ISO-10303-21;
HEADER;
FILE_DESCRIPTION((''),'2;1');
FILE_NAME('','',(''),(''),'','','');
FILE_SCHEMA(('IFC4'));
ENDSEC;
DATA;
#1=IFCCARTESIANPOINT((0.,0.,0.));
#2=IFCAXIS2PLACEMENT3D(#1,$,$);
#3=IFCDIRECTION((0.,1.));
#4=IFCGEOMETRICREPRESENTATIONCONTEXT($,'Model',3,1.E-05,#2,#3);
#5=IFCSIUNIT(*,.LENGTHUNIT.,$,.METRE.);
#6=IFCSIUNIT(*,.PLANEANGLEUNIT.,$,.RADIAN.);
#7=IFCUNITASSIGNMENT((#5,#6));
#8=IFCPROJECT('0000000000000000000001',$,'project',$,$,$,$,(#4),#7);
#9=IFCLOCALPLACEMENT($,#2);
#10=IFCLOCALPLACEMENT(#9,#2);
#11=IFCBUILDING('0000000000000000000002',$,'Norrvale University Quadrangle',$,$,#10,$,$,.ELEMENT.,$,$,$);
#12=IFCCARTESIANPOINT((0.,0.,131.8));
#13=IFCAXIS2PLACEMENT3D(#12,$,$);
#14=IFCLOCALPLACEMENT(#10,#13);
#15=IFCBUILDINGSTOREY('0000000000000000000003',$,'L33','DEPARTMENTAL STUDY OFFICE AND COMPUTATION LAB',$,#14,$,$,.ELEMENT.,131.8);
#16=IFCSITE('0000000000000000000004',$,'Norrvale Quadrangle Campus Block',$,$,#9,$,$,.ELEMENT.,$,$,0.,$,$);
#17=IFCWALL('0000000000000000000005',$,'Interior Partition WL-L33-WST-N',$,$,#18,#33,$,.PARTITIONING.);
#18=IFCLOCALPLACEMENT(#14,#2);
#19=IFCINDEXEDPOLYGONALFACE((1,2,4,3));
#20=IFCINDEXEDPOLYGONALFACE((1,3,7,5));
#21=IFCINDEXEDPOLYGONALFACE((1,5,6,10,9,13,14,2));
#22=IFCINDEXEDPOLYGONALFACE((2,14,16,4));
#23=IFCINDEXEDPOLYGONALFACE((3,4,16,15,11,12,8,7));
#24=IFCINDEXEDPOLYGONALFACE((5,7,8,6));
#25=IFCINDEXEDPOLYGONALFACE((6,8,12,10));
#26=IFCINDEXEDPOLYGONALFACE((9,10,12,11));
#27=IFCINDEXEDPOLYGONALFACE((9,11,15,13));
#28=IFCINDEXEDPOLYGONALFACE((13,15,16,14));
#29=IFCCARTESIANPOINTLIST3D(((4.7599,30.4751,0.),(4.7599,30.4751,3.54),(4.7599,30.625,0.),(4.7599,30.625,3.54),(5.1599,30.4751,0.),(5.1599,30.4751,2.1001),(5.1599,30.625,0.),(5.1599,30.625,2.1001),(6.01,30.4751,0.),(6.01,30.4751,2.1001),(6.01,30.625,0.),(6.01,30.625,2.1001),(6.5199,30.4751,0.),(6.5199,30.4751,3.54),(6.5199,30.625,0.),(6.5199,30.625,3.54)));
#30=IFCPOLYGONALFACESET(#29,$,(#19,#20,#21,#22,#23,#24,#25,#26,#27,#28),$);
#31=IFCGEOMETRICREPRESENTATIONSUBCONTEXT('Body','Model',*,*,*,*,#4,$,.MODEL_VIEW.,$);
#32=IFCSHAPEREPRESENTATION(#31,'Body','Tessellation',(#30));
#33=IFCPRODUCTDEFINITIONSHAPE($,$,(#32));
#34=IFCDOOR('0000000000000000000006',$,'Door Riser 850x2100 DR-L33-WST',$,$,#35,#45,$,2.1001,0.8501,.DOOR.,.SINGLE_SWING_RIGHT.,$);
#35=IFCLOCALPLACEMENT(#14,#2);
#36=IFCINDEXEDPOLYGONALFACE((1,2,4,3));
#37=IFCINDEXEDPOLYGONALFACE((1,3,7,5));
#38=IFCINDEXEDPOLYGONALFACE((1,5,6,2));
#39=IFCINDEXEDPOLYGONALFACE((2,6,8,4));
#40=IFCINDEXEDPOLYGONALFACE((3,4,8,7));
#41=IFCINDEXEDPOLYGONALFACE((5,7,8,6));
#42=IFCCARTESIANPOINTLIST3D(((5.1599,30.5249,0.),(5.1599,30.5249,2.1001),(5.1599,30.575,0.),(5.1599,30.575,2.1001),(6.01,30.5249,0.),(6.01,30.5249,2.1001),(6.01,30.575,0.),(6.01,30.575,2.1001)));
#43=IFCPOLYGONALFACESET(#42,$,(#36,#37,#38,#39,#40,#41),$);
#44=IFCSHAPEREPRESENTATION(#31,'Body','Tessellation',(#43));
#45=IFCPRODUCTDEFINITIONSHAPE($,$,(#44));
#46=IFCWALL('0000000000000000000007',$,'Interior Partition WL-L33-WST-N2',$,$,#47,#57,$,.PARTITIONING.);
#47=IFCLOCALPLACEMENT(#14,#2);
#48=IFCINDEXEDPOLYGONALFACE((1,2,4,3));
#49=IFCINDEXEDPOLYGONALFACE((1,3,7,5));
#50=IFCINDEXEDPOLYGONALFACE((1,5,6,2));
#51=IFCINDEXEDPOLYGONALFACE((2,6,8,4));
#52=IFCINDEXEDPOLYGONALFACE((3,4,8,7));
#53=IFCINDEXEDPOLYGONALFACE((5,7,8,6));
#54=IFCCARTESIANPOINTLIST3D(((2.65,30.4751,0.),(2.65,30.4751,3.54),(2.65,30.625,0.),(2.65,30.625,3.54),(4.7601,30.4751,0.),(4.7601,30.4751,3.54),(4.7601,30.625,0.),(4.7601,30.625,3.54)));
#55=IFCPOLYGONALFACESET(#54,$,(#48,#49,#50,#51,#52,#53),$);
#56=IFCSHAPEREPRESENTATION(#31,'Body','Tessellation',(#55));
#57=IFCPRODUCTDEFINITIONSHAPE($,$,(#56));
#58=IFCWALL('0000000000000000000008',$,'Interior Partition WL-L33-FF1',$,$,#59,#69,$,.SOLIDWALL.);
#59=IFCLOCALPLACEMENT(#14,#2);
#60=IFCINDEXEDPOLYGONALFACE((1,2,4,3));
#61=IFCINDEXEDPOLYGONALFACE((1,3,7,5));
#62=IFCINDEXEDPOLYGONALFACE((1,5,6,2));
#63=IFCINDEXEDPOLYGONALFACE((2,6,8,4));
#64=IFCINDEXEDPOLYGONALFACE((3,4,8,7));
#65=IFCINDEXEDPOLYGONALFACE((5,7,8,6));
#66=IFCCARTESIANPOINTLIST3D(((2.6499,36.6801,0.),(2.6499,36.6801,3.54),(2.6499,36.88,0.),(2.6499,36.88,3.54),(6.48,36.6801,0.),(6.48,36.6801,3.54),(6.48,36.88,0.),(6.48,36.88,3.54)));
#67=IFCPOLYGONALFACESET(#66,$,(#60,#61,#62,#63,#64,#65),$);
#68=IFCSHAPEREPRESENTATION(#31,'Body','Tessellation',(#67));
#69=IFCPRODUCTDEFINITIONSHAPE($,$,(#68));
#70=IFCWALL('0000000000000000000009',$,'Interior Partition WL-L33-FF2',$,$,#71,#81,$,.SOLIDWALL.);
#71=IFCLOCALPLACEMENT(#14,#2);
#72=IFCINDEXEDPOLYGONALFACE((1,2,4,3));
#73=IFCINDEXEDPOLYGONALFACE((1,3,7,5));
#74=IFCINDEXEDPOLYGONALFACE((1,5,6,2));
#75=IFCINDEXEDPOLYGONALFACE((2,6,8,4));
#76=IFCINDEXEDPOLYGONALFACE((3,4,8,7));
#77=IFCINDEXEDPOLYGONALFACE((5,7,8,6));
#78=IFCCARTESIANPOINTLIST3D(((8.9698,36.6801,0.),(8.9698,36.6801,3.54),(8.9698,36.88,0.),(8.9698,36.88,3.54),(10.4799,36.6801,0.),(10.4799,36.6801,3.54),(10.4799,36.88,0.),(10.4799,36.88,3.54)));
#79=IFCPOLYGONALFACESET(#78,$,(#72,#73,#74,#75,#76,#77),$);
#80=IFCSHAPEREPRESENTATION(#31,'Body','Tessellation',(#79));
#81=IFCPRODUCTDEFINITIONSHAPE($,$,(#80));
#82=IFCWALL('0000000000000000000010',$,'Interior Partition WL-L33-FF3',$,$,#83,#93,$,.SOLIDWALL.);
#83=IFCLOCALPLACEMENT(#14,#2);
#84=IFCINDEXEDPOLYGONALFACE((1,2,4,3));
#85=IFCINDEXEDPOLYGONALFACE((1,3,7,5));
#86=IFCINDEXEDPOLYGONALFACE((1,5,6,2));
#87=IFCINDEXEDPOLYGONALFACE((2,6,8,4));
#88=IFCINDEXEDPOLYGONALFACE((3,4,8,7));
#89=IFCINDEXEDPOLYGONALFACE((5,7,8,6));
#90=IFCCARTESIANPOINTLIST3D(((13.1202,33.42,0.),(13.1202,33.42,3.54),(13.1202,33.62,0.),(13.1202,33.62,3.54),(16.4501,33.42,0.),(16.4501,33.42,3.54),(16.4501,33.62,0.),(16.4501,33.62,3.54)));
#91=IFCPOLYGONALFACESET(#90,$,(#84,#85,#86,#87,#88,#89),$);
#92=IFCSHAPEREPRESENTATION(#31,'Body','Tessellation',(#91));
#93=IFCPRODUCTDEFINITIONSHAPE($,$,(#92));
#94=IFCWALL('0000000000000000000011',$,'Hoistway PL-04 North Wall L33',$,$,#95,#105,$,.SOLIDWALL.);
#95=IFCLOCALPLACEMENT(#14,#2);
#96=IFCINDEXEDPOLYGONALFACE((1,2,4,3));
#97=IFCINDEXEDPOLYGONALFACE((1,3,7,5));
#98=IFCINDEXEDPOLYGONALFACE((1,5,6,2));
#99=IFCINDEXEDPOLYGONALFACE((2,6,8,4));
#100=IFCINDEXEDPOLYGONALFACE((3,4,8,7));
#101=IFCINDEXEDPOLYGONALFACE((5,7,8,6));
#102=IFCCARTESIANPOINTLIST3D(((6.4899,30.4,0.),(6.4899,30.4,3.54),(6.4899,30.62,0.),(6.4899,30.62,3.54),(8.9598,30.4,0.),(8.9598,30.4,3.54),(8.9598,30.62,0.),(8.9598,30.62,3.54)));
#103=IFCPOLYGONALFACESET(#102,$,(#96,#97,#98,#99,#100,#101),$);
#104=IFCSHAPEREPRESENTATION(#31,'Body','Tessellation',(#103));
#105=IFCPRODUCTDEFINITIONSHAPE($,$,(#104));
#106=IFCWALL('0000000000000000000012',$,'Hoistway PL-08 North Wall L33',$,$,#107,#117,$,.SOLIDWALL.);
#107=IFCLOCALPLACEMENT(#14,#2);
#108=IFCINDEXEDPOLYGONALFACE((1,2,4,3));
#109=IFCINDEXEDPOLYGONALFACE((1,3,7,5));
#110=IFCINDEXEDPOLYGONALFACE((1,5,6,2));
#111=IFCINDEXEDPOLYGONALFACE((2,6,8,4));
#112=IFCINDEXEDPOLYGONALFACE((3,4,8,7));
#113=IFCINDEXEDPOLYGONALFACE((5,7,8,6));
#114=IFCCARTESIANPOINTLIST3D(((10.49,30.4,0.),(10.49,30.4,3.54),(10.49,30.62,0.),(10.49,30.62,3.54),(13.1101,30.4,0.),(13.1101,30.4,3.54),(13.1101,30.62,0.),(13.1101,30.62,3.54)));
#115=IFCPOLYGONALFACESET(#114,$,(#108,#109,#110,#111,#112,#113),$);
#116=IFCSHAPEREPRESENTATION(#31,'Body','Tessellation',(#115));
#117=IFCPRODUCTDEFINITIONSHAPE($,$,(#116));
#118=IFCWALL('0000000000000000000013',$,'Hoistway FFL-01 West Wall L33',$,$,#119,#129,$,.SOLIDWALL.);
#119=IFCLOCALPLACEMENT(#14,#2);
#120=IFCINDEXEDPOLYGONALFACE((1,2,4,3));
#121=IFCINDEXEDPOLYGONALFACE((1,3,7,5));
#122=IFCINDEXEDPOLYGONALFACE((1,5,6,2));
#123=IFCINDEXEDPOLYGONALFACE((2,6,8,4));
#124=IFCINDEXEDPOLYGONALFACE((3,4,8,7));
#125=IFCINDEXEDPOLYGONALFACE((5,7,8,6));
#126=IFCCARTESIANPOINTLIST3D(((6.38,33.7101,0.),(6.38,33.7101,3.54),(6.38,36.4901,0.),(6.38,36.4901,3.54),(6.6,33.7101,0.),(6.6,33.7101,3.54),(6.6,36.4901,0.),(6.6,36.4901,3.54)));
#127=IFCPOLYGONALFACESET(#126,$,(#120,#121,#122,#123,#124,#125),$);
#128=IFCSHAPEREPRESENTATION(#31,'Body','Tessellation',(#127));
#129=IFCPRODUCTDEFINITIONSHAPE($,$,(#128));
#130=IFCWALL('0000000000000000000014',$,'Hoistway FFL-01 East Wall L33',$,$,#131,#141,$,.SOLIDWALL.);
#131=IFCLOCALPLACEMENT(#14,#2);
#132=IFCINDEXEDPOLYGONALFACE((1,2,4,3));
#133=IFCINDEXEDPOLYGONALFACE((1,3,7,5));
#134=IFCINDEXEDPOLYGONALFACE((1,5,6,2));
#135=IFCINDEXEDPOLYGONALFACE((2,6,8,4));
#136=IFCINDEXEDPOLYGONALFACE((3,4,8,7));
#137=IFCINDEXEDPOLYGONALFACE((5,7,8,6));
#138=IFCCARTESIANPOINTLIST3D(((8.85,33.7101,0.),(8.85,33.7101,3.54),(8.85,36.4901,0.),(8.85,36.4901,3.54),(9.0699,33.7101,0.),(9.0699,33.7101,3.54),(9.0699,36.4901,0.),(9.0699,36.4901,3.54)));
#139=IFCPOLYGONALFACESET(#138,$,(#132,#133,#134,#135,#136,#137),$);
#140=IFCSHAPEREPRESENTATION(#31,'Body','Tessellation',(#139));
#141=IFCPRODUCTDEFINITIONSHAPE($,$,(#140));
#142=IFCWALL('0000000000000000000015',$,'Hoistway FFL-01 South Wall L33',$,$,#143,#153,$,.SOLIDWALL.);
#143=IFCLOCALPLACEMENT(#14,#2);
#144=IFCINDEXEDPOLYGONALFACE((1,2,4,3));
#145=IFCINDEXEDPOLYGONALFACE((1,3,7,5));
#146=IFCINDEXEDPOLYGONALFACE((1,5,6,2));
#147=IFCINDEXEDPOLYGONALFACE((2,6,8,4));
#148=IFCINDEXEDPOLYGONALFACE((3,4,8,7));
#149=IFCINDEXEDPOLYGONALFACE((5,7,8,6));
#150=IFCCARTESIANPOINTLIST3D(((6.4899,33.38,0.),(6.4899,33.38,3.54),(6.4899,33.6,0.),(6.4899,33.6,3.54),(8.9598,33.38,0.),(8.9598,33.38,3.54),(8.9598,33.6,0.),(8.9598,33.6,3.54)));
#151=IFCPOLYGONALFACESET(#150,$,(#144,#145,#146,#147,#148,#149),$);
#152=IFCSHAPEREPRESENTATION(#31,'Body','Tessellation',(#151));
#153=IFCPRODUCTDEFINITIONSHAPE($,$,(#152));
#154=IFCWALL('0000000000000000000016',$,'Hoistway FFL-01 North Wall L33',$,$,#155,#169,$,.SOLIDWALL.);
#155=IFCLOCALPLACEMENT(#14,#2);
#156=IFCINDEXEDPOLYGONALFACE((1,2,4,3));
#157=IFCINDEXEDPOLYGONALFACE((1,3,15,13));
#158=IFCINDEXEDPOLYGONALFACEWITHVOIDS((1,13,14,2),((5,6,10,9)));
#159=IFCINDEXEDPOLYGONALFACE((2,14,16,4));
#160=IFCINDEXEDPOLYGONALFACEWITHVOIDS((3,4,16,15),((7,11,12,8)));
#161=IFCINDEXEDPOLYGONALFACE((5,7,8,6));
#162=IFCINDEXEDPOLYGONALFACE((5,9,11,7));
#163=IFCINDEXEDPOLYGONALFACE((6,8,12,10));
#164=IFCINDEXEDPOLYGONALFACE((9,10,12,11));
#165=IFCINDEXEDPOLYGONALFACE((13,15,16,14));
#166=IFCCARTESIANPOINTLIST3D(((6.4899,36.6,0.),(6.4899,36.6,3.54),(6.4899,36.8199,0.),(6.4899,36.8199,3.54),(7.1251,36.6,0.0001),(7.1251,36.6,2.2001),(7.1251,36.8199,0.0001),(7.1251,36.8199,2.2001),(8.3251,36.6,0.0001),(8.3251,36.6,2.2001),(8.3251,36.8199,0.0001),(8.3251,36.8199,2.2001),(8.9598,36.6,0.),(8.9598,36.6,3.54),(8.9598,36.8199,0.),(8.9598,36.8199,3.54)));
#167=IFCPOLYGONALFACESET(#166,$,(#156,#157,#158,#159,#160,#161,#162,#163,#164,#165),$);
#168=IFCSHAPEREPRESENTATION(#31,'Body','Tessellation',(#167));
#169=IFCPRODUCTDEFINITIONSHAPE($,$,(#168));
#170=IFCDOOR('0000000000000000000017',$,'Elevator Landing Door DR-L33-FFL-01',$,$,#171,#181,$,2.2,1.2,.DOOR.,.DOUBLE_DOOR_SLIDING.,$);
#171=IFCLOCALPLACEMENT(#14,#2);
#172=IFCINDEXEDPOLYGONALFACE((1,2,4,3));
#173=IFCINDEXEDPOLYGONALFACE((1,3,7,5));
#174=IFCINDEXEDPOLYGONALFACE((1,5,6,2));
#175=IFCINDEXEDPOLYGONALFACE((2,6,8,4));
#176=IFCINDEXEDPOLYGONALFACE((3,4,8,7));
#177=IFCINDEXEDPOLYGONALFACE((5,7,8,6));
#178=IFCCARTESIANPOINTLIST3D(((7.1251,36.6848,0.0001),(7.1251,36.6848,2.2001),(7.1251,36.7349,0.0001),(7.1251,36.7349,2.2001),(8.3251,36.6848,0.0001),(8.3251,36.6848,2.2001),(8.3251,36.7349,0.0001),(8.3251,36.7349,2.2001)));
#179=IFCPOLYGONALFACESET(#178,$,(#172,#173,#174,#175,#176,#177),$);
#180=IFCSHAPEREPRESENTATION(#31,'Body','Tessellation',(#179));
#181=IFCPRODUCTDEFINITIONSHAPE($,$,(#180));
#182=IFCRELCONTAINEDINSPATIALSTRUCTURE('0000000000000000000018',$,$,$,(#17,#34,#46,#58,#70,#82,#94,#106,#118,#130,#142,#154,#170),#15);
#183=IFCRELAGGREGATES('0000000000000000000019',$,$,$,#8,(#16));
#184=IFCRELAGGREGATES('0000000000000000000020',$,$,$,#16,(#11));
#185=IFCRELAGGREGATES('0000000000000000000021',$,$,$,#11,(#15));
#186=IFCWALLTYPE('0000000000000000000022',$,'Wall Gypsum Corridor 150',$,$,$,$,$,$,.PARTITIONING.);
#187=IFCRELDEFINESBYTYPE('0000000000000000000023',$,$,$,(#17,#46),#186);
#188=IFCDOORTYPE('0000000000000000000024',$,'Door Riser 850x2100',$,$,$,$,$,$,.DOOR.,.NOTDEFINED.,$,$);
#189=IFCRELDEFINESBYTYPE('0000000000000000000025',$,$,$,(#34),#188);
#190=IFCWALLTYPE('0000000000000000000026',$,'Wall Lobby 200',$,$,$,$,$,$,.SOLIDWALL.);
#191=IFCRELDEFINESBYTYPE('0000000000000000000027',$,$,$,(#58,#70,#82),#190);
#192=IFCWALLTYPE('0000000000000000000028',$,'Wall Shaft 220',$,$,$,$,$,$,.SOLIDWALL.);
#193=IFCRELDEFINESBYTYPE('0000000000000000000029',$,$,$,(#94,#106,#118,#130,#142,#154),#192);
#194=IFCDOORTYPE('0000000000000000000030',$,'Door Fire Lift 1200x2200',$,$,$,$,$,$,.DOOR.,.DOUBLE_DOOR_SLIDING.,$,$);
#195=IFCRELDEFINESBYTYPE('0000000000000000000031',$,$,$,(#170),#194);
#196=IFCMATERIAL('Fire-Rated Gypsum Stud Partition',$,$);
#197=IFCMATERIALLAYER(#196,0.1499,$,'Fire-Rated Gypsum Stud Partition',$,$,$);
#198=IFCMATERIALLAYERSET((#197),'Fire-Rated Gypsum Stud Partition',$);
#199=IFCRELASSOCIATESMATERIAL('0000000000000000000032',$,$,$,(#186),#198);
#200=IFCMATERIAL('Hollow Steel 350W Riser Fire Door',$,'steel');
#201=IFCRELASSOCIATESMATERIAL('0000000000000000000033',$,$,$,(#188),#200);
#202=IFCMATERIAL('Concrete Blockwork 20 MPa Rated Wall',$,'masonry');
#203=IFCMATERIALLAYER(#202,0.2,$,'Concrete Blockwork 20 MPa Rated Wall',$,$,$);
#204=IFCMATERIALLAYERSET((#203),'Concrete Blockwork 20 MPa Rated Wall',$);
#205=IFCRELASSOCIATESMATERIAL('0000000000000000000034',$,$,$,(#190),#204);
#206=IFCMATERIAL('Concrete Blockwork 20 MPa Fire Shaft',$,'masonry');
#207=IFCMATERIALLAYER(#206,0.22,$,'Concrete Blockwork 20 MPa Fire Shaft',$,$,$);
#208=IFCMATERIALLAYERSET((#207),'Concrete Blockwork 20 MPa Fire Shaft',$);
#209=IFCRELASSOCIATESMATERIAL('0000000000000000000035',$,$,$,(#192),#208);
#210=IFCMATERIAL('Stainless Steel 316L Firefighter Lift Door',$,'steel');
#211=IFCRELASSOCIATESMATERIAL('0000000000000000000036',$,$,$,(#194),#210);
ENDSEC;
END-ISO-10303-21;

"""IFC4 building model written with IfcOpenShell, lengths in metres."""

from ifc_helpers import new_model, si_unit, direction, frame, frame_2d, origin, place, context, subcontext, project, spatial, rectangle, extrude, material, layer, layer_set, type_object, element, fill, save


model = new_model("IFC4")

# Units and contexts
model_context = context("Model", 3, precision=1e-05, world=origin(), true_north=direction((0.0, 1.0)))
body_context = subcontext(model_context, "Body", "Model", "MODEL_VIEW")
ifc_project = project(units=[si_unit("LENGTHUNIT", "METRE"), si_unit("PLANEANGLEUNIT", "RADIAN")], contexts=[model_context])

# Site, building, storey
site_placement = place(None, origin())
site = spatial("IfcSite", under=ifc_project, at=site_placement, Name="Norrvale Quadrangle Campus Block", CompositionType="ELEMENT", RefElevation=0.0)
building_placement = place(site_placement, origin())
building = spatial("IfcBuilding", under=site, at=building_placement, Name="Norrvale University Quadrangle", CompositionType="ELEMENT")
storey_placement = place(building_placement, frame((0.0, 0.0, 131.8)))
storey = spatial("IfcBuildingStorey", under=building, at=storey_placement, Name="L33", Description="DEPARTMENTAL STUDY OFFICE AND COMPUTATION LAB", CompositionType="ELEMENT", Elevation=131.8)

# Shared definitions
ifc_material_1 = material(Name="Fire-Rated Gypsum Stud Partition")
ifc_layer_1 = layer(ifc_material_1, 0.1499, Name="Fire-Rated Gypsum Stud Partition")
ifc_layer_set_1 = layer_set([ifc_layer_1], Name="Fire-Rated Gypsum Stud Partition")
wall_type_1 = type_object("IfcWallType", Name="Wall Gypsum Corridor 150", PredefinedType="PARTITIONING", material=ifc_layer_set_1)

# Wall, opening, door
ifc_material_2 = material(Name="Hollow Steel 350W Riser Fire Door", Category="steel")
door_type_1 = type_object("IfcDoorType", Name="Door Riser 850x2100", OperationType="NOTDEFINED", PredefinedType="DOOR", material=ifc_material_2)
wall_1_placement = place(storey_placement, frame((4.76, 30.55, 0.0), z_axis=(0.0, 0.0, 1.0), x_axis=(1.0, 0.0, 0.0)))
wall_1 = element("IfcWall", 1, at=wall_1_placement, inside=storey, type_object=wall_type_1, Name="Interior Partition WL-L33-WST-N", PredefinedType="PARTITIONING", context=body_context, shape_type="SweptSolid", body=[
    extrude(rectangle(XDim=1.76, YDim=0.1499, at=frame_2d((0.8799, 0.0))), origin(), (0.0, 0.0, 1.0), 3.54),
])
opening_1_placement = place(wall_1_placement, frame((0.3999, 0.0, 0.0)))
opening_1 = element("IfcOpeningElement", 2, at=opening_1_placement, cuts=wall_1, PredefinedType="OPENING", context=body_context, shape_type="SweptSolid", body=[
    extrude(rectangle(XDim=0.8501, YDim=2.1001, at=frame_2d((0.425, 1.05))), frame((0.0, 0.0869, 0.0), z_axis=(0.0, -1.0, 0.0), x_axis=(1.0, 0.0, 0.0)), (0.0, 0.0, 1.0), 0.1738),
])
door_1_placement = place(opening_1_placement, origin())
door_1 = element("IfcDoor", 3, at=door_1_placement, inside=storey, type_object=door_type_1, Name="Door Riser 850x2100 DR-L33-WST", OperationType="SINGLE_SWING_RIGHT", OverallHeight=2.1001, OverallWidth=0.8501, PredefinedType="DOOR", context=body_context, shape_type="SweptSolid", body=[
    extrude(rectangle(XDim=0.8501, YDim=2.1001, at=frame_2d((0.425, 1.05))), frame((0.0, 0.0249, 0.0), z_axis=(0.0, -1.0, 0.0), x_axis=(1.0, 0.0, 0.0)), (0.0, 0.0, 1.0), 0.05),
])
fill(opening_1, door_1)

# Walls
wall_2_placement = place(storey_placement, frame((2.6499, 30.55, 0.0), z_axis=(0.0, 0.0, 1.0), x_axis=(1.0, 0.0, 0.0)))
element("IfcWall", 4, at=wall_2_placement, inside=storey, type_object=wall_type_1, Name="Interior Partition WL-L33-WST-N2", PredefinedType="PARTITIONING", context=body_context, shape_type="SweptSolid", body=[
    extrude(rectangle(XDim=2.1101, YDim=0.1499, at=frame_2d((1.0552, 0.0))), origin(), (0.0, 0.0, 1.0), 3.54),
])
ifc_material_3 = material(Name="Concrete Blockwork 20 MPa Rated Wall", Category="masonry")
ifc_layer_2 = layer(ifc_material_3, 0.2, Name="Concrete Blockwork 20 MPa Rated Wall")
ifc_layer_set_2 = layer_set([ifc_layer_2], Name="Concrete Blockwork 20 MPa Rated Wall")
wall_type_2 = type_object("IfcWallType", Name="Wall Lobby 200", PredefinedType="SOLIDWALL", material=ifc_layer_set_2)
wall_3_placement = place(storey_placement, frame((2.6499, 36.78, 0.0), z_axis=(0.0, 0.0, 1.0), x_axis=(1.0, 0.0, 0.0)))
element("IfcWall", 5, at=wall_3_placement, inside=storey, type_object=wall_type_2, Name="Interior Partition WL-L33-FF1", PredefinedType="SOLIDWALL", context=body_context, shape_type="SweptSolid", body=[
    extrude(rectangle(XDim=3.8301, YDim=0.2, at=frame_2d((1.915, 0.0))), origin(), (0.0, 0.0, 1.0), 3.54),
])
wall_4_placement = place(storey_placement, frame((8.97, 36.78, 0.0), z_axis=(0.0, 0.0, 1.0), x_axis=(1.0, 0.0, 0.0)))
element("IfcWall", 6, at=wall_4_placement, inside=storey, type_object=wall_type_2, Name="Interior Partition WL-L33-FF2", PredefinedType="SOLIDWALL", context=body_context, shape_type="SweptSolid", body=[
    extrude(rectangle(XDim=1.51, YDim=0.2, at=frame_2d((0.7549, 0.0))), origin(), (0.0, 0.0, 1.0), 3.54),
])
wall_5_placement = place(storey_placement, frame((13.1201, 33.52, 0.0), z_axis=(0.0, 0.0, 1.0), x_axis=(1.0, 0.0, 0.0)))
element("IfcWall", 7, at=wall_5_placement, inside=storey, type_object=wall_type_2, Name="Interior Partition WL-L33-FF3", PredefinedType="SOLIDWALL", context=body_context, shape_type="SweptSolid", body=[
    extrude(rectangle(XDim=3.3298, YDim=0.2, at=frame_2d((1.665, 0.0))), origin(), (0.0, 0.0, 1.0), 3.54),
])
ifc_material_4 = material(Name="Concrete Blockwork 20 MPa Fire Shaft", Category="masonry")
ifc_layer_3 = layer(ifc_material_4, 0.22, Name="Concrete Blockwork 20 MPa Fire Shaft")
ifc_layer_set_3 = layer_set([ifc_layer_3], Name="Concrete Blockwork 20 MPa Fire Shaft")
wall_type_3 = type_object("IfcWallType", Name="Wall Shaft 220", PredefinedType="SOLIDWALL", material=ifc_layer_set_3)
wall_6_placement = place(storey_placement, frame((6.49, 30.51, 0.0), z_axis=(0.0, 0.0, 1.0), x_axis=(1.0, 0.0, 0.0)))
element("IfcWall", 8, at=wall_6_placement, inside=storey, type_object=wall_type_3, Name="Hoistway PL-04 North Wall L33", PredefinedType="SOLIDWALL", context=body_context, shape_type="SweptSolid", body=[
    extrude(rectangle(XDim=2.47, YDim=0.22, at=frame_2d((1.2349, 0.0))), origin(), (0.0, 0.0, 1.0), 3.54),
])
wall_7_placement = place(storey_placement, frame((10.49, 30.51, 0.0), z_axis=(0.0, 0.0, 1.0), x_axis=(1.0, 0.0, 0.0)))
element("IfcWall", 9, at=wall_7_placement, inside=storey, type_object=wall_type_3, Name="Hoistway PL-08 North Wall L33", PredefinedType="SOLIDWALL", context=body_context, shape_type="SweptSolid", body=[
    extrude(rectangle(XDim=2.6201, YDim=0.22, at=frame_2d((1.3101, 0.0))), origin(), (0.0, 0.0, 1.0), 3.54),
])
for number, where, z_axis, x_axis, name in (
    (10, (6.49, 33.71, 0.0), (0.0, 0.0, 1.0), (0.0, 1.0, 0.0), "Hoistway FFL-01 West Wall L33"),
    (11, (8.96, 33.71, 0.0), (0.0, 0.0, 1.0), (0.0, 1.0, 0.0), "Hoistway FFL-01 East Wall L33"),
):
    element("IfcWall", number, at=place(storey_placement, frame(where, z_axis=z_axis, x_axis=x_axis)), inside=storey, type_object=wall_type_3, Name=name, PredefinedType="SOLIDWALL", context=body_context, shape_type="SweptSolid", body=[
        extrude(rectangle(XDim=2.78, YDim=0.22, at=frame_2d((1.3901, 0.0))), origin(), (0.0, 0.0, 1.0), 3.54),
    ])
wall_8_placement = place(storey_placement, frame((6.49, 33.49, 0.0), z_axis=(0.0, 0.0, 1.0), x_axis=(1.0, 0.0, 0.0)))
element("IfcWall", 12, at=wall_8_placement, inside=storey, type_object=wall_type_3, Name="Hoistway FFL-01 South Wall L33", PredefinedType="SOLIDWALL", context=body_context, shape_type="SweptSolid", body=[
    extrude(rectangle(XDim=2.47, YDim=0.22, at=frame_2d((1.2349, 0.0))), origin(), (0.0, 0.0, 1.0), 3.54),
])

# Wall, opening, door
wall_9_placement = place(storey_placement, frame((6.49, 36.71, 0.0), z_axis=(0.0, 0.0, 1.0), x_axis=(1.0, 0.0, 0.0)))
wall_9 = element("IfcWall", 13, at=wall_9_placement, inside=storey, type_object=wall_type_3, Name="Hoistway FFL-01 North Wall L33", PredefinedType="SOLIDWALL", context=body_context, shape_type="SweptSolid", body=[
    extrude(rectangle(XDim=2.47, YDim=0.22, at=frame_2d((1.2349, 0.0))), origin(), (0.0, 0.0, 1.0), 3.54),
])
opening_2_placement = place(wall_9_placement, frame((0.635, 0.0, 0.0)))
opening_2 = element("IfcOpeningElement", 14, at=opening_2_placement, cuts=wall_9, PredefinedType="OPENING", context=body_context, shape_type="SweptSolid", body=[
    extrude(rectangle(XDim=1.2, YDim=2.2, at=frame_2d((0.6001, 1.1001))), frame((0.0, 0.1221, 0.0), z_axis=(0.0, -1.0, 0.0), x_axis=(1.0, 0.0, 0.0)), (0.0, 0.0, 1.0), 0.2439),
])
ifc_material_5 = material(Name="Stainless Steel 316L Firefighter Lift Door", Category="steel")
door_type_2 = type_object("IfcDoorType", Name="Door Fire Lift 1200x2200", OperationType="DOUBLE_DOOR_SLIDING", PredefinedType="DOOR", material=ifc_material_5)
door_2_placement = place(opening_2_placement, origin())
door_2 = element("IfcDoor", 15, at=door_2_placement, inside=storey, type_object=door_type_2, Name="Elevator Landing Door DR-L33-FFL-01", OperationType="DOUBLE_DOOR_SLIDING", OverallHeight=2.2, OverallWidth=1.2, PredefinedType="DOOR", context=body_context, shape_type="SweptSolid", body=[
    extrude(rectangle(XDim=1.2, YDim=2.2, at=frame_2d((0.6001, 1.1001))), frame((0.0, 0.0249, 0.0), z_axis=(0.0, -1.0, 0.0), x_axis=(1.0, 0.0, 0.0)), (0.0, 0.0, 1.0), 0.05),
])
fill(opening_2, door_2)

save(model, "model.ifc")
